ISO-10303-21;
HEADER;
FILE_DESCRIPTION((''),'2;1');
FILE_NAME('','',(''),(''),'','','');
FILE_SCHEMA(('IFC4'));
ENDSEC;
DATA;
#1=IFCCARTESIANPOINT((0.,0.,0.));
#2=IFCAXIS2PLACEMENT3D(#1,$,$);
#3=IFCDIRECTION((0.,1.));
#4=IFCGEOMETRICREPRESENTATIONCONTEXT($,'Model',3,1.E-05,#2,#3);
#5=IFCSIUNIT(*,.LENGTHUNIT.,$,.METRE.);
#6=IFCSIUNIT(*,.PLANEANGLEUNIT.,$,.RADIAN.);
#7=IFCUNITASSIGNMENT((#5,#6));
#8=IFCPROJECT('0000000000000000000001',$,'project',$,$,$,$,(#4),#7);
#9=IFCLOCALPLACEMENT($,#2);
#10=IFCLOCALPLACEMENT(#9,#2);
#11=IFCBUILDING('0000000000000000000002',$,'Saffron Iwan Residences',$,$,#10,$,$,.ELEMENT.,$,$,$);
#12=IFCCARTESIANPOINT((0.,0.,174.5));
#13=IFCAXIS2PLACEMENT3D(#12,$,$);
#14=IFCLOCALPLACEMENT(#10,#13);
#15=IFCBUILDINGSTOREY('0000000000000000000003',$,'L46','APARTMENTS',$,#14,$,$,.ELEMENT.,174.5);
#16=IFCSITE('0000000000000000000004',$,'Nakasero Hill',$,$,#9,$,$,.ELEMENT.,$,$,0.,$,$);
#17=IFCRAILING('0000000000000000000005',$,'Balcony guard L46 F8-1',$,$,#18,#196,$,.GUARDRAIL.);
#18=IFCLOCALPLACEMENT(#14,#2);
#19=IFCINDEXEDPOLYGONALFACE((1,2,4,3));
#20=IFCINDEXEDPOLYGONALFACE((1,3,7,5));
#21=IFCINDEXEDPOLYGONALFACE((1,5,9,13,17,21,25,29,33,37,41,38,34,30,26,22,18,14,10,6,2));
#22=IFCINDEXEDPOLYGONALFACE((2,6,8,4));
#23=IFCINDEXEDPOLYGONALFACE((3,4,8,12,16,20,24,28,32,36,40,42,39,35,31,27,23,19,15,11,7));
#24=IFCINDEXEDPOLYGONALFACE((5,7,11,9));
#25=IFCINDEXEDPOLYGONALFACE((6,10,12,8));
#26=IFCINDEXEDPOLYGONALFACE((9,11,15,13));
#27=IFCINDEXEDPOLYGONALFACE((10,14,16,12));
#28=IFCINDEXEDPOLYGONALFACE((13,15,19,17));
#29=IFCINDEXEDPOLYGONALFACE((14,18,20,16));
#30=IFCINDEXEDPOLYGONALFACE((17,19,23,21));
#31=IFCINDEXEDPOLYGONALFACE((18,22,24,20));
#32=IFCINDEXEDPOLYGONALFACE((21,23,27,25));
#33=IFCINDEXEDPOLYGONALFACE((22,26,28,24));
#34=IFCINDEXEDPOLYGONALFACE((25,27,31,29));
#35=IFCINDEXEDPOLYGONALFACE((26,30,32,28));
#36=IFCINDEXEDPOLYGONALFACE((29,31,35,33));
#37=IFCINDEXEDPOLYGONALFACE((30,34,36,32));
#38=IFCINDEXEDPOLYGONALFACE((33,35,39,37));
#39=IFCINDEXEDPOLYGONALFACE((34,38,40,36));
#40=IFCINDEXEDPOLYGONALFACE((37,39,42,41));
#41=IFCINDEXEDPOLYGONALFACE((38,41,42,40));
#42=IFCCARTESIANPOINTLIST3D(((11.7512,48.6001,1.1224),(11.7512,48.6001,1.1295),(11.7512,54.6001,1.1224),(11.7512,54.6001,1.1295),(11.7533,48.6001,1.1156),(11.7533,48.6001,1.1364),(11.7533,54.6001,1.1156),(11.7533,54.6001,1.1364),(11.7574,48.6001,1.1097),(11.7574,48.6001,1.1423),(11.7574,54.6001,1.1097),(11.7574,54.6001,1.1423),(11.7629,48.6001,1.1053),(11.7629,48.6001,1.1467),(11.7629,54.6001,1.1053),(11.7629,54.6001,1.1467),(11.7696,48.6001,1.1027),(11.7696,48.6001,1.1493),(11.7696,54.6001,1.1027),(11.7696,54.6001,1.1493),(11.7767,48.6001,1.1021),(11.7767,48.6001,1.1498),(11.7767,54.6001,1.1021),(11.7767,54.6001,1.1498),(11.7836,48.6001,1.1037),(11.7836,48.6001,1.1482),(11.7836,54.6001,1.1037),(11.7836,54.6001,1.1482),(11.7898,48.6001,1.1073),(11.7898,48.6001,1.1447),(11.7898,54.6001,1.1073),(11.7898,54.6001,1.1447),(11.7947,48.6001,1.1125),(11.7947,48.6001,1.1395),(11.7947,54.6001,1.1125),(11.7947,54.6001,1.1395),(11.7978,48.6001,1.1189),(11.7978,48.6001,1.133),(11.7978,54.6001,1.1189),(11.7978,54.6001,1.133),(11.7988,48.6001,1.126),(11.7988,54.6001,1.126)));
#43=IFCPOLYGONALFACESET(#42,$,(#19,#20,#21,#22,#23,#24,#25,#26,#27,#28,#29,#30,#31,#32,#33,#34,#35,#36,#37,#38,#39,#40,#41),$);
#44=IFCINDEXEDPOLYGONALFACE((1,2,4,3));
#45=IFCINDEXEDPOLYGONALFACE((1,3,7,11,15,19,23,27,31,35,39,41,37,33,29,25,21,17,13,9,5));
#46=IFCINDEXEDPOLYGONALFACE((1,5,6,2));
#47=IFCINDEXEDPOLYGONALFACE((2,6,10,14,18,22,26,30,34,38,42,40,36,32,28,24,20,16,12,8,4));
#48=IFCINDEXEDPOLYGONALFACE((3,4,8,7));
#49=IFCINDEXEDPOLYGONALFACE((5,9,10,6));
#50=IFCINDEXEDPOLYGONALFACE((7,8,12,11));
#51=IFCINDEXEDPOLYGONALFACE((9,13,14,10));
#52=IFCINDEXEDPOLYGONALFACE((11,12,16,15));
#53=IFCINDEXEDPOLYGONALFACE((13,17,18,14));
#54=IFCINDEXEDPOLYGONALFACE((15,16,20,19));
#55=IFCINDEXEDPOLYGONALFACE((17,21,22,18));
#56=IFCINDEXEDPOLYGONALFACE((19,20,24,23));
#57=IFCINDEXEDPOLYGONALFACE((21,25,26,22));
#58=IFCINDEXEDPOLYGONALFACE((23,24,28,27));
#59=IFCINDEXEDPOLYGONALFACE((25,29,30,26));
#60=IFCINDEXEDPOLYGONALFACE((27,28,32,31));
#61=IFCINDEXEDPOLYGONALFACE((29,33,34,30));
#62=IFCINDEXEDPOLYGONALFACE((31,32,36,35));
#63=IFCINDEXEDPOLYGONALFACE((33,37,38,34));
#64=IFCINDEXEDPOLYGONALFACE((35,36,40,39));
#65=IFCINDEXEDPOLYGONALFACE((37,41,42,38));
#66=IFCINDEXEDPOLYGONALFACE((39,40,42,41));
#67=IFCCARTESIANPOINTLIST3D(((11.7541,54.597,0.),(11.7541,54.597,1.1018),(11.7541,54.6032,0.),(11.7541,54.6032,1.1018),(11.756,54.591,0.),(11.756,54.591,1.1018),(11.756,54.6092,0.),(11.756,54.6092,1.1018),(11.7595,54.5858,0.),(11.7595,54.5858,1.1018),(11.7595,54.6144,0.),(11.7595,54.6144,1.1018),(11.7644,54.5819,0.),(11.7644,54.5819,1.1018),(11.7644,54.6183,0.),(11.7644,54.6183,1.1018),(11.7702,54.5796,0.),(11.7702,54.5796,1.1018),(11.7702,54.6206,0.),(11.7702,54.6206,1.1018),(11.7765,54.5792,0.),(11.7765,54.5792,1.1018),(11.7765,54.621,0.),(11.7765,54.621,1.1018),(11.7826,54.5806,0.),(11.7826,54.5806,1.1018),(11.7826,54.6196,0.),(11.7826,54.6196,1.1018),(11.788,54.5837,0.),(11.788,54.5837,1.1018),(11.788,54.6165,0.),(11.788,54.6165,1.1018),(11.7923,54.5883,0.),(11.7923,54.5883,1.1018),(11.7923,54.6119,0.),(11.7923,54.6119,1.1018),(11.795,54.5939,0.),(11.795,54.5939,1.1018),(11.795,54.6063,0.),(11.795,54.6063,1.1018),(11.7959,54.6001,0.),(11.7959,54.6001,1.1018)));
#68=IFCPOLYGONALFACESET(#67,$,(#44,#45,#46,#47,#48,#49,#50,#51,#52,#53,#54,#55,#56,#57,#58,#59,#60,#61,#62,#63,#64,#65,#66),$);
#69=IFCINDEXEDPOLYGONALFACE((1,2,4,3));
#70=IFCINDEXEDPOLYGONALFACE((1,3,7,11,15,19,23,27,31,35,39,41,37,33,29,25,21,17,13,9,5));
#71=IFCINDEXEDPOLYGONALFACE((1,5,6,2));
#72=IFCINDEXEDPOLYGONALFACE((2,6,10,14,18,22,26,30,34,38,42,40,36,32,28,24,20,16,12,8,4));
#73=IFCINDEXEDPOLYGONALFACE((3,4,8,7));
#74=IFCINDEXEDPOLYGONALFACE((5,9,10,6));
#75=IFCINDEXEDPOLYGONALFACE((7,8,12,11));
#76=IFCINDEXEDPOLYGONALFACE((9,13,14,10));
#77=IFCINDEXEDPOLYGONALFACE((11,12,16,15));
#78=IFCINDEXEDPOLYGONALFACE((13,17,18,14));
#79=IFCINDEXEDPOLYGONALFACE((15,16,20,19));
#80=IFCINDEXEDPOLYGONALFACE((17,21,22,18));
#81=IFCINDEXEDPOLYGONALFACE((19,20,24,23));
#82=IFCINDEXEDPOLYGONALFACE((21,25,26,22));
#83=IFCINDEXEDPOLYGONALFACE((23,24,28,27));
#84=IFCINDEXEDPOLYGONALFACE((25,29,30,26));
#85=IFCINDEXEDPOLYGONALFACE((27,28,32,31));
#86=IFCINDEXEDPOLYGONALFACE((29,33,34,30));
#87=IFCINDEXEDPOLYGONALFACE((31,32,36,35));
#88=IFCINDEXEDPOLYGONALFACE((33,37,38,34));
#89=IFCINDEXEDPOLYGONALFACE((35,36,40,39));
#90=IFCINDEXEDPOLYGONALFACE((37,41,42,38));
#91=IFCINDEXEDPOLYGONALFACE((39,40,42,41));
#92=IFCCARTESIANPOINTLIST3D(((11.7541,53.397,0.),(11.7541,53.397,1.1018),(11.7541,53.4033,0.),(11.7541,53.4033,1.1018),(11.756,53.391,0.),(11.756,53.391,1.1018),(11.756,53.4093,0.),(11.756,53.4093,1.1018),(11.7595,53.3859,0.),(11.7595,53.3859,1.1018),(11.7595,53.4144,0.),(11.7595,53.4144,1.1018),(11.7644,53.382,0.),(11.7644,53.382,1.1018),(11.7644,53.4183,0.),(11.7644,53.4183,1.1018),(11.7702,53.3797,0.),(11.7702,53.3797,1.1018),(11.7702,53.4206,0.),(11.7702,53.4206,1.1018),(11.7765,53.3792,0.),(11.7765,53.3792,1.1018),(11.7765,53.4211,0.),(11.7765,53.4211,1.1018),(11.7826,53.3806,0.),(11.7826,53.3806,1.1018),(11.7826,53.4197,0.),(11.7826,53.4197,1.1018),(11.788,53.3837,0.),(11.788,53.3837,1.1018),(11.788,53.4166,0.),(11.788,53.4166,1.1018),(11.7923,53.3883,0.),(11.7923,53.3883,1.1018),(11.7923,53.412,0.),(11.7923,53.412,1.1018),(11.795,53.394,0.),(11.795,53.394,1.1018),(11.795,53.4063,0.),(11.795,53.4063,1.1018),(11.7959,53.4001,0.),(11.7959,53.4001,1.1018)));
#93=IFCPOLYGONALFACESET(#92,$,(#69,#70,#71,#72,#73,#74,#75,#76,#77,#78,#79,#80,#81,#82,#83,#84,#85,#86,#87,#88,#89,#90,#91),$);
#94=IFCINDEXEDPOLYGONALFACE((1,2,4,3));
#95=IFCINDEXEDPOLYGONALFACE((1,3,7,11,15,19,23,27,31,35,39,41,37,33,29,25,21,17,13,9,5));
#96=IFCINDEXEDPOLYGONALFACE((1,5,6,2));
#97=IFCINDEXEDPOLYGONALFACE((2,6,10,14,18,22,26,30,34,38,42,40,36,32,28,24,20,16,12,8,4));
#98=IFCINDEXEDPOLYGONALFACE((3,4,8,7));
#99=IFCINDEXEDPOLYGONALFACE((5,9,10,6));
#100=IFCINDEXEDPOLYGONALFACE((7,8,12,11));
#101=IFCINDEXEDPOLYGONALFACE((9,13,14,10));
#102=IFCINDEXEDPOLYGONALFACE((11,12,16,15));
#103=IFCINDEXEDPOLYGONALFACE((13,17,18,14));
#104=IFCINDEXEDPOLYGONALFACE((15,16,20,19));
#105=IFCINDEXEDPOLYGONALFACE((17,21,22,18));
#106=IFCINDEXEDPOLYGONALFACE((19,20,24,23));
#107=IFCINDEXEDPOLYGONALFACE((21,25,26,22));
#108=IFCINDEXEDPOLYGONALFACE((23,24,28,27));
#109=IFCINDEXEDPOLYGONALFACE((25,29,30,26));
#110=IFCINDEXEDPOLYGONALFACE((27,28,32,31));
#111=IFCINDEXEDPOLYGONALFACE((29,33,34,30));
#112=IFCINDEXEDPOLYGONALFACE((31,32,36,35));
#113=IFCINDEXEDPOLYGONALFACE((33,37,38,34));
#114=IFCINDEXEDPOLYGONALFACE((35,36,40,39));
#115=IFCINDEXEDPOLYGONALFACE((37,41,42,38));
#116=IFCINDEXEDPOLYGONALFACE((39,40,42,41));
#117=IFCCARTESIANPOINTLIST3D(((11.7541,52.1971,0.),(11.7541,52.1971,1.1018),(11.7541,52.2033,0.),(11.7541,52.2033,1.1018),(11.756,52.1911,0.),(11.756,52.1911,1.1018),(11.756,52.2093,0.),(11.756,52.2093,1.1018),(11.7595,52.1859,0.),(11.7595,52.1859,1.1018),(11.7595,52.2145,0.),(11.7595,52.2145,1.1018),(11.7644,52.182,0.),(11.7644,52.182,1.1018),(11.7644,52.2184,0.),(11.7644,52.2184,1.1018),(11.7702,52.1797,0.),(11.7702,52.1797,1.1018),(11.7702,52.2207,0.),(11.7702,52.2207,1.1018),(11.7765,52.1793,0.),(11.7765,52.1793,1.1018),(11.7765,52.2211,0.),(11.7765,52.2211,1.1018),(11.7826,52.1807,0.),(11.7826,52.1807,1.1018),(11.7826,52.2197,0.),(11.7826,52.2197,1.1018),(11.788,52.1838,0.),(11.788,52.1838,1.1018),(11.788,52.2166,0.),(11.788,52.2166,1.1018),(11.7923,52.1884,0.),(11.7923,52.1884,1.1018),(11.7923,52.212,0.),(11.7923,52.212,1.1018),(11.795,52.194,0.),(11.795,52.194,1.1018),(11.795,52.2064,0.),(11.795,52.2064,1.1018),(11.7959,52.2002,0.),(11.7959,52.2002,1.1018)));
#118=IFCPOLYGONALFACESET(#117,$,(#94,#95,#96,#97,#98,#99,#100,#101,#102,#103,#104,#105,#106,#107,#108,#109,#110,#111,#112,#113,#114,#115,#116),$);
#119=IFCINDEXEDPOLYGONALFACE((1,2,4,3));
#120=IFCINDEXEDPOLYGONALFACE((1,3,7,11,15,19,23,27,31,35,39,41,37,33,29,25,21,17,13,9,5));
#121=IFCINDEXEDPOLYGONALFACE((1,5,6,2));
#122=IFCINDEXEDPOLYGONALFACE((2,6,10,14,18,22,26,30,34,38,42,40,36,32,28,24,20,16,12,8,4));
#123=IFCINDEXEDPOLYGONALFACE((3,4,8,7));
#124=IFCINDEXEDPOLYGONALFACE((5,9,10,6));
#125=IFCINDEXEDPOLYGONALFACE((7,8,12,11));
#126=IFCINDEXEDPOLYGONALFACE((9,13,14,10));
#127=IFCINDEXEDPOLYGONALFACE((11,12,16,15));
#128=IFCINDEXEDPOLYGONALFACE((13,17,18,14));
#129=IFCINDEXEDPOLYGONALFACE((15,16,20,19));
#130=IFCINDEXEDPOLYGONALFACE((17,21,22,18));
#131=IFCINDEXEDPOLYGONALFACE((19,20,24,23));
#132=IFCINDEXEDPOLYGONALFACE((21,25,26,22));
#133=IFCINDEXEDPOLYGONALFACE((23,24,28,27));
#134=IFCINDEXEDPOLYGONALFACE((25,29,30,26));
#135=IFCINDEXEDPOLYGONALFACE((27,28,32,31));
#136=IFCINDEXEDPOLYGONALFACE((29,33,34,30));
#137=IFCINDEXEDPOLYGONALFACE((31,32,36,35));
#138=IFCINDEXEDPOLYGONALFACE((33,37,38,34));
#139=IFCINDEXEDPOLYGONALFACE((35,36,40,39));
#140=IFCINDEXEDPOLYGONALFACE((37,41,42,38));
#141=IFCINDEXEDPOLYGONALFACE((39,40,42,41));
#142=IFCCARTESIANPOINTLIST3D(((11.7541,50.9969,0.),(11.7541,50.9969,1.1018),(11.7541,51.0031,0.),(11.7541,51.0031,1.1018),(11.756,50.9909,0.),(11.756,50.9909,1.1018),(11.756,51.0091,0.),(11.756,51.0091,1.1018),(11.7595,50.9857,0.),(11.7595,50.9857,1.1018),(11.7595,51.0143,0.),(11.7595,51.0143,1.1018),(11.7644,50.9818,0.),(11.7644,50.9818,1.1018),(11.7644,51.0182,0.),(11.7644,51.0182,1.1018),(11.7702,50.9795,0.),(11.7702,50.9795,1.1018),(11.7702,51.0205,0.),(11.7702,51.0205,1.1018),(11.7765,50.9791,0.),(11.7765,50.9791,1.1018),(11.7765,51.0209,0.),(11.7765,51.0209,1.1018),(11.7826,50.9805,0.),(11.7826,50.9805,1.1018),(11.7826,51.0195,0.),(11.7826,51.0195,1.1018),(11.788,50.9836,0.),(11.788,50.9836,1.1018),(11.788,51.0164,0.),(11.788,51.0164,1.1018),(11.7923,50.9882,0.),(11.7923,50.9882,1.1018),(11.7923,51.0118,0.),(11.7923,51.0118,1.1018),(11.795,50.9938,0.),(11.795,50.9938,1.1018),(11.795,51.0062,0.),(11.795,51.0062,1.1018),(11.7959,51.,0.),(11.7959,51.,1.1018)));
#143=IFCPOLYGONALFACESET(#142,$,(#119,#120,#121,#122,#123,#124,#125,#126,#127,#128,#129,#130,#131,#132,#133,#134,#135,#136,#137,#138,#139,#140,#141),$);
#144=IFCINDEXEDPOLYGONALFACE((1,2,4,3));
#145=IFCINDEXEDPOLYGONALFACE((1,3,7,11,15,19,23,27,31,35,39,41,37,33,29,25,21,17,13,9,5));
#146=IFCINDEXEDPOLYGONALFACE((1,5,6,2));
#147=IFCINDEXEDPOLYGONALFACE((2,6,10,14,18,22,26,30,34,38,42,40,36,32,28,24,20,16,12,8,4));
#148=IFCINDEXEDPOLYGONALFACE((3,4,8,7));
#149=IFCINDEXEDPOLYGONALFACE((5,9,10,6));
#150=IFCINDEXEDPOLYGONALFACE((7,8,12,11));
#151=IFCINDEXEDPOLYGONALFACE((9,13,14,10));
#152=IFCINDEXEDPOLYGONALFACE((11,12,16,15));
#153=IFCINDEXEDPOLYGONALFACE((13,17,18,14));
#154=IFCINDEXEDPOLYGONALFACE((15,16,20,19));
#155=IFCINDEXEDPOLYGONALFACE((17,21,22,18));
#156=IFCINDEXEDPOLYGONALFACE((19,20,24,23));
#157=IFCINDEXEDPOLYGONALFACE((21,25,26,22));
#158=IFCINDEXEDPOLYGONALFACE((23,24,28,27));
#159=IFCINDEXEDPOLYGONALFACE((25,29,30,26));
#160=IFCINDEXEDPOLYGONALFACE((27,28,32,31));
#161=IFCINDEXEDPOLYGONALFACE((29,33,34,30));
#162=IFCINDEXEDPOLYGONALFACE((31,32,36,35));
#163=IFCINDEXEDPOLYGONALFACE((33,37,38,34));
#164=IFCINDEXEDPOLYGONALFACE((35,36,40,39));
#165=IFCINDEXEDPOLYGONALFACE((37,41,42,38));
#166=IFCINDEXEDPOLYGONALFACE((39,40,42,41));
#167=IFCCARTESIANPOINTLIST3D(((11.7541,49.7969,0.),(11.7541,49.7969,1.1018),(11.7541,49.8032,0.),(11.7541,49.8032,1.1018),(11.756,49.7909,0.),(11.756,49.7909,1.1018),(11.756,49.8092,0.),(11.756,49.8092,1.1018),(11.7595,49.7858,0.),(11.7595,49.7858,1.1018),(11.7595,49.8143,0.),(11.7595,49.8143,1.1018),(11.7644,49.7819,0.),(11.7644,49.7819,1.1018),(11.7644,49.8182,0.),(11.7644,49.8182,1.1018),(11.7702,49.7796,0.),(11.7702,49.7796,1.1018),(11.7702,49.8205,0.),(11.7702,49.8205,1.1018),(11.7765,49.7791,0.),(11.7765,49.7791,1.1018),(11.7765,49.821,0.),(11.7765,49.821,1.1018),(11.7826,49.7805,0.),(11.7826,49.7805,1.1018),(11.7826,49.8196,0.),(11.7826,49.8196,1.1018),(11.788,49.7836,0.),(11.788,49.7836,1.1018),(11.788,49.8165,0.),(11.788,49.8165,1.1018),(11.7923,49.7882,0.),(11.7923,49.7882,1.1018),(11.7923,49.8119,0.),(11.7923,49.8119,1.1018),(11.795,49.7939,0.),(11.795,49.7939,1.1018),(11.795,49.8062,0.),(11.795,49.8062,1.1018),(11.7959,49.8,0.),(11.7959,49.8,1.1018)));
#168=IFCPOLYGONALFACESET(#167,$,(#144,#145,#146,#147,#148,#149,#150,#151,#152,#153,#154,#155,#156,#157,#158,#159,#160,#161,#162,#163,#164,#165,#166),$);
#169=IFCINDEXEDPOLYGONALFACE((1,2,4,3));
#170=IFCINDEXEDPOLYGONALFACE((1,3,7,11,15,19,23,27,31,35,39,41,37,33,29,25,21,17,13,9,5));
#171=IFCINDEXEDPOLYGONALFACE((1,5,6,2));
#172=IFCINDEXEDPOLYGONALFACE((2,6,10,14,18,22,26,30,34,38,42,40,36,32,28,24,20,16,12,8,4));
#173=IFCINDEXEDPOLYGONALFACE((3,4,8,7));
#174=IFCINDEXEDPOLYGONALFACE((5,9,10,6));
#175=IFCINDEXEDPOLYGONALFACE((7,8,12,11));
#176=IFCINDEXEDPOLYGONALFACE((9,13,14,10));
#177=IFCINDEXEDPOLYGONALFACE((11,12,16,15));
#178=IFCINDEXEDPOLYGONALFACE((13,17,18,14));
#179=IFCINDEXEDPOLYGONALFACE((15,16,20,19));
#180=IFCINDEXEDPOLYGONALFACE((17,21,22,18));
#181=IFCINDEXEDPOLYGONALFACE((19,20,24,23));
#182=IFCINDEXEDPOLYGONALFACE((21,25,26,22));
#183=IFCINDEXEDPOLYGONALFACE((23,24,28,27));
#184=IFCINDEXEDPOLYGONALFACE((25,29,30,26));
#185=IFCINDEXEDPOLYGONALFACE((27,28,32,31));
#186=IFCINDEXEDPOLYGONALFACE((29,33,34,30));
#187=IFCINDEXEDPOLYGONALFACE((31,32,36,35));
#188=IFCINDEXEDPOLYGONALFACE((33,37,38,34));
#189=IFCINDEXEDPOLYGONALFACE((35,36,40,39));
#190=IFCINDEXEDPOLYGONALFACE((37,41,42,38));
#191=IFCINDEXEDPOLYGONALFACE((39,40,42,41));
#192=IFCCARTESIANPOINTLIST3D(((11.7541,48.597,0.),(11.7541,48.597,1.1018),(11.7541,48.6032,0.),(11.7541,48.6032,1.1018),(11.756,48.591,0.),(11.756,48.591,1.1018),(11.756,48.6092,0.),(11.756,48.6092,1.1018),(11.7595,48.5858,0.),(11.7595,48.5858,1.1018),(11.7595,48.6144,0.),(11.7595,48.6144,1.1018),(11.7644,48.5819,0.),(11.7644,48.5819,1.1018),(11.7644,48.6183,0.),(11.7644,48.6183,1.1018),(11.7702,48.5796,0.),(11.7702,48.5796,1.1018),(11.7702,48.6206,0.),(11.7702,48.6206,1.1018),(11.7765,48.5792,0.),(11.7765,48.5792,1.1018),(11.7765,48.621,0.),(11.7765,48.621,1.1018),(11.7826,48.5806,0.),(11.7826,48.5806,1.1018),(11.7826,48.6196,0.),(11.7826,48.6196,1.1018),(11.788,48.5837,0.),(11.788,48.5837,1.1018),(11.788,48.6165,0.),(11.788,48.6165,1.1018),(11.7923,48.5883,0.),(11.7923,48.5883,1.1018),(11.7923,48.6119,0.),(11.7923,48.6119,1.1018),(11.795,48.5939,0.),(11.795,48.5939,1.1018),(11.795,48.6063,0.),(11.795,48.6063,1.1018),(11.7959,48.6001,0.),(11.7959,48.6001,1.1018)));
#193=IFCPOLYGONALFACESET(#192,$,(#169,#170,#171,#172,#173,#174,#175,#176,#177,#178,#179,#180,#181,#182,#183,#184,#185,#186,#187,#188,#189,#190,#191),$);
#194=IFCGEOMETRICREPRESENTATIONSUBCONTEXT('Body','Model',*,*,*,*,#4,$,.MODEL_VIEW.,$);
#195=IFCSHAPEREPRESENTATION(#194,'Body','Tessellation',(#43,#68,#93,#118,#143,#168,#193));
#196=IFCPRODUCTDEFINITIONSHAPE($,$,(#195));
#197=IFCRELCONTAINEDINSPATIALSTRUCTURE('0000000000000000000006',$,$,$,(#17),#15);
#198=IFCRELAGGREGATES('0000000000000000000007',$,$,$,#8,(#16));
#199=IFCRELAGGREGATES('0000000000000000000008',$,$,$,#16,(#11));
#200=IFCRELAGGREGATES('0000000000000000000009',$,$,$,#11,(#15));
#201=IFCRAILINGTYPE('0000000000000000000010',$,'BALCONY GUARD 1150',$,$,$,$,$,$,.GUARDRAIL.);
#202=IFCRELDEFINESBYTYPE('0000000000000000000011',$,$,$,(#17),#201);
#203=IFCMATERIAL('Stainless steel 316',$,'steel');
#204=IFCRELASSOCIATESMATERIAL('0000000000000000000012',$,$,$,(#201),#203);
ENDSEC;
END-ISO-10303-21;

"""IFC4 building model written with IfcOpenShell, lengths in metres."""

from ifc_helpers import new_model, si_unit, direction, frame, origin, origin_2d, place, context, subcontext, project, spatial, circle, extrude, material, type_object, element, save


model = new_model("IFC4")

# Units and contexts
model_context = context("Model", 3, precision=1e-05, world=origin(), true_north=direction((0.0, 1.0)))
body_context = subcontext(model_context, "Body", "Model", "MODEL_VIEW")
ifc_project = project(units=[si_unit("LENGTHUNIT", "METRE"), si_unit("PLANEANGLEUNIT", "RADIAN")], contexts=[model_context])

# Site, building, storey
site_placement = place(None, origin())
site = spatial("IfcSite", under=ifc_project, at=site_placement, Name="Nakasero Hill", CompositionType="ELEMENT", RefElevation=0.0)
building_placement = place(site_placement, origin())
building = spatial("IfcBuilding", under=site, at=building_placement, Name="Saffron Iwan Residences", CompositionType="ELEMENT")
storey_placement = place(building_placement, frame((0.0, 0.0, 174.5)))
storey = spatial("IfcBuildingStorey", under=building, at=storey_placement, Name="L46", Description="APARTMENTS", CompositionType="ELEMENT", Elevation=174.5)

# Railing
ifc_material_1 = material(Name="Stainless steel 316", Category="steel")
railing_type = type_object("IfcRailingType", Name="BALCONY GUARD 1150", PredefinedType="GUARDRAIL", material=ifc_material_1)
railing_placement = place(storey_placement, frame((11.7749, 54.6001, 0.0)))
element("IfcRailing", 1, at=railing_placement, inside=storey, type_object=railing_type, Name="Balcony guard L46 F8-1", PredefinedType="GUARDRAIL", context=body_context, shape_type="SweptSolid", body=[
    extrude(circle(Radius=0.0239, at=origin_2d()), frame((0.0, 0.0, 1.126), z_axis=(0.0, -1.0, 0.0), x_axis=(1.0, 0.0, 0.0)), (0.0, 0.0, 1.0), 6.0),
    extrude(circle(Radius=0.021, at=origin_2d()), origin(), (0.0, 0.0, 1.0), 1.1018),
    extrude(circle(Radius=0.021, at=origin_2d()), frame((0.0, -1.2, 0.0)), (0.0, 0.0, 1.0), 1.1018),
    extrude(circle(Radius=0.021, at=origin_2d()), frame((0.0, -2.3999, 0.0)), (0.0, 0.0, 1.0), 1.1018),
    extrude(circle(Radius=0.021, at=origin_2d()), frame((0.0, -3.6001, 0.0)), (0.0, 0.0, 1.0), 1.1018),
    extrude(circle(Radius=0.021, at=origin_2d()), frame((0.0, -4.8, 0.0)), (0.0, 0.0, 1.0), 1.1018),
    extrude(circle(Radius=0.021, at=origin_2d()), frame((0.0, -6.0, 0.0)), (0.0, 0.0, 1.0), 1.1018),
])

save(model, "model.ifc")
